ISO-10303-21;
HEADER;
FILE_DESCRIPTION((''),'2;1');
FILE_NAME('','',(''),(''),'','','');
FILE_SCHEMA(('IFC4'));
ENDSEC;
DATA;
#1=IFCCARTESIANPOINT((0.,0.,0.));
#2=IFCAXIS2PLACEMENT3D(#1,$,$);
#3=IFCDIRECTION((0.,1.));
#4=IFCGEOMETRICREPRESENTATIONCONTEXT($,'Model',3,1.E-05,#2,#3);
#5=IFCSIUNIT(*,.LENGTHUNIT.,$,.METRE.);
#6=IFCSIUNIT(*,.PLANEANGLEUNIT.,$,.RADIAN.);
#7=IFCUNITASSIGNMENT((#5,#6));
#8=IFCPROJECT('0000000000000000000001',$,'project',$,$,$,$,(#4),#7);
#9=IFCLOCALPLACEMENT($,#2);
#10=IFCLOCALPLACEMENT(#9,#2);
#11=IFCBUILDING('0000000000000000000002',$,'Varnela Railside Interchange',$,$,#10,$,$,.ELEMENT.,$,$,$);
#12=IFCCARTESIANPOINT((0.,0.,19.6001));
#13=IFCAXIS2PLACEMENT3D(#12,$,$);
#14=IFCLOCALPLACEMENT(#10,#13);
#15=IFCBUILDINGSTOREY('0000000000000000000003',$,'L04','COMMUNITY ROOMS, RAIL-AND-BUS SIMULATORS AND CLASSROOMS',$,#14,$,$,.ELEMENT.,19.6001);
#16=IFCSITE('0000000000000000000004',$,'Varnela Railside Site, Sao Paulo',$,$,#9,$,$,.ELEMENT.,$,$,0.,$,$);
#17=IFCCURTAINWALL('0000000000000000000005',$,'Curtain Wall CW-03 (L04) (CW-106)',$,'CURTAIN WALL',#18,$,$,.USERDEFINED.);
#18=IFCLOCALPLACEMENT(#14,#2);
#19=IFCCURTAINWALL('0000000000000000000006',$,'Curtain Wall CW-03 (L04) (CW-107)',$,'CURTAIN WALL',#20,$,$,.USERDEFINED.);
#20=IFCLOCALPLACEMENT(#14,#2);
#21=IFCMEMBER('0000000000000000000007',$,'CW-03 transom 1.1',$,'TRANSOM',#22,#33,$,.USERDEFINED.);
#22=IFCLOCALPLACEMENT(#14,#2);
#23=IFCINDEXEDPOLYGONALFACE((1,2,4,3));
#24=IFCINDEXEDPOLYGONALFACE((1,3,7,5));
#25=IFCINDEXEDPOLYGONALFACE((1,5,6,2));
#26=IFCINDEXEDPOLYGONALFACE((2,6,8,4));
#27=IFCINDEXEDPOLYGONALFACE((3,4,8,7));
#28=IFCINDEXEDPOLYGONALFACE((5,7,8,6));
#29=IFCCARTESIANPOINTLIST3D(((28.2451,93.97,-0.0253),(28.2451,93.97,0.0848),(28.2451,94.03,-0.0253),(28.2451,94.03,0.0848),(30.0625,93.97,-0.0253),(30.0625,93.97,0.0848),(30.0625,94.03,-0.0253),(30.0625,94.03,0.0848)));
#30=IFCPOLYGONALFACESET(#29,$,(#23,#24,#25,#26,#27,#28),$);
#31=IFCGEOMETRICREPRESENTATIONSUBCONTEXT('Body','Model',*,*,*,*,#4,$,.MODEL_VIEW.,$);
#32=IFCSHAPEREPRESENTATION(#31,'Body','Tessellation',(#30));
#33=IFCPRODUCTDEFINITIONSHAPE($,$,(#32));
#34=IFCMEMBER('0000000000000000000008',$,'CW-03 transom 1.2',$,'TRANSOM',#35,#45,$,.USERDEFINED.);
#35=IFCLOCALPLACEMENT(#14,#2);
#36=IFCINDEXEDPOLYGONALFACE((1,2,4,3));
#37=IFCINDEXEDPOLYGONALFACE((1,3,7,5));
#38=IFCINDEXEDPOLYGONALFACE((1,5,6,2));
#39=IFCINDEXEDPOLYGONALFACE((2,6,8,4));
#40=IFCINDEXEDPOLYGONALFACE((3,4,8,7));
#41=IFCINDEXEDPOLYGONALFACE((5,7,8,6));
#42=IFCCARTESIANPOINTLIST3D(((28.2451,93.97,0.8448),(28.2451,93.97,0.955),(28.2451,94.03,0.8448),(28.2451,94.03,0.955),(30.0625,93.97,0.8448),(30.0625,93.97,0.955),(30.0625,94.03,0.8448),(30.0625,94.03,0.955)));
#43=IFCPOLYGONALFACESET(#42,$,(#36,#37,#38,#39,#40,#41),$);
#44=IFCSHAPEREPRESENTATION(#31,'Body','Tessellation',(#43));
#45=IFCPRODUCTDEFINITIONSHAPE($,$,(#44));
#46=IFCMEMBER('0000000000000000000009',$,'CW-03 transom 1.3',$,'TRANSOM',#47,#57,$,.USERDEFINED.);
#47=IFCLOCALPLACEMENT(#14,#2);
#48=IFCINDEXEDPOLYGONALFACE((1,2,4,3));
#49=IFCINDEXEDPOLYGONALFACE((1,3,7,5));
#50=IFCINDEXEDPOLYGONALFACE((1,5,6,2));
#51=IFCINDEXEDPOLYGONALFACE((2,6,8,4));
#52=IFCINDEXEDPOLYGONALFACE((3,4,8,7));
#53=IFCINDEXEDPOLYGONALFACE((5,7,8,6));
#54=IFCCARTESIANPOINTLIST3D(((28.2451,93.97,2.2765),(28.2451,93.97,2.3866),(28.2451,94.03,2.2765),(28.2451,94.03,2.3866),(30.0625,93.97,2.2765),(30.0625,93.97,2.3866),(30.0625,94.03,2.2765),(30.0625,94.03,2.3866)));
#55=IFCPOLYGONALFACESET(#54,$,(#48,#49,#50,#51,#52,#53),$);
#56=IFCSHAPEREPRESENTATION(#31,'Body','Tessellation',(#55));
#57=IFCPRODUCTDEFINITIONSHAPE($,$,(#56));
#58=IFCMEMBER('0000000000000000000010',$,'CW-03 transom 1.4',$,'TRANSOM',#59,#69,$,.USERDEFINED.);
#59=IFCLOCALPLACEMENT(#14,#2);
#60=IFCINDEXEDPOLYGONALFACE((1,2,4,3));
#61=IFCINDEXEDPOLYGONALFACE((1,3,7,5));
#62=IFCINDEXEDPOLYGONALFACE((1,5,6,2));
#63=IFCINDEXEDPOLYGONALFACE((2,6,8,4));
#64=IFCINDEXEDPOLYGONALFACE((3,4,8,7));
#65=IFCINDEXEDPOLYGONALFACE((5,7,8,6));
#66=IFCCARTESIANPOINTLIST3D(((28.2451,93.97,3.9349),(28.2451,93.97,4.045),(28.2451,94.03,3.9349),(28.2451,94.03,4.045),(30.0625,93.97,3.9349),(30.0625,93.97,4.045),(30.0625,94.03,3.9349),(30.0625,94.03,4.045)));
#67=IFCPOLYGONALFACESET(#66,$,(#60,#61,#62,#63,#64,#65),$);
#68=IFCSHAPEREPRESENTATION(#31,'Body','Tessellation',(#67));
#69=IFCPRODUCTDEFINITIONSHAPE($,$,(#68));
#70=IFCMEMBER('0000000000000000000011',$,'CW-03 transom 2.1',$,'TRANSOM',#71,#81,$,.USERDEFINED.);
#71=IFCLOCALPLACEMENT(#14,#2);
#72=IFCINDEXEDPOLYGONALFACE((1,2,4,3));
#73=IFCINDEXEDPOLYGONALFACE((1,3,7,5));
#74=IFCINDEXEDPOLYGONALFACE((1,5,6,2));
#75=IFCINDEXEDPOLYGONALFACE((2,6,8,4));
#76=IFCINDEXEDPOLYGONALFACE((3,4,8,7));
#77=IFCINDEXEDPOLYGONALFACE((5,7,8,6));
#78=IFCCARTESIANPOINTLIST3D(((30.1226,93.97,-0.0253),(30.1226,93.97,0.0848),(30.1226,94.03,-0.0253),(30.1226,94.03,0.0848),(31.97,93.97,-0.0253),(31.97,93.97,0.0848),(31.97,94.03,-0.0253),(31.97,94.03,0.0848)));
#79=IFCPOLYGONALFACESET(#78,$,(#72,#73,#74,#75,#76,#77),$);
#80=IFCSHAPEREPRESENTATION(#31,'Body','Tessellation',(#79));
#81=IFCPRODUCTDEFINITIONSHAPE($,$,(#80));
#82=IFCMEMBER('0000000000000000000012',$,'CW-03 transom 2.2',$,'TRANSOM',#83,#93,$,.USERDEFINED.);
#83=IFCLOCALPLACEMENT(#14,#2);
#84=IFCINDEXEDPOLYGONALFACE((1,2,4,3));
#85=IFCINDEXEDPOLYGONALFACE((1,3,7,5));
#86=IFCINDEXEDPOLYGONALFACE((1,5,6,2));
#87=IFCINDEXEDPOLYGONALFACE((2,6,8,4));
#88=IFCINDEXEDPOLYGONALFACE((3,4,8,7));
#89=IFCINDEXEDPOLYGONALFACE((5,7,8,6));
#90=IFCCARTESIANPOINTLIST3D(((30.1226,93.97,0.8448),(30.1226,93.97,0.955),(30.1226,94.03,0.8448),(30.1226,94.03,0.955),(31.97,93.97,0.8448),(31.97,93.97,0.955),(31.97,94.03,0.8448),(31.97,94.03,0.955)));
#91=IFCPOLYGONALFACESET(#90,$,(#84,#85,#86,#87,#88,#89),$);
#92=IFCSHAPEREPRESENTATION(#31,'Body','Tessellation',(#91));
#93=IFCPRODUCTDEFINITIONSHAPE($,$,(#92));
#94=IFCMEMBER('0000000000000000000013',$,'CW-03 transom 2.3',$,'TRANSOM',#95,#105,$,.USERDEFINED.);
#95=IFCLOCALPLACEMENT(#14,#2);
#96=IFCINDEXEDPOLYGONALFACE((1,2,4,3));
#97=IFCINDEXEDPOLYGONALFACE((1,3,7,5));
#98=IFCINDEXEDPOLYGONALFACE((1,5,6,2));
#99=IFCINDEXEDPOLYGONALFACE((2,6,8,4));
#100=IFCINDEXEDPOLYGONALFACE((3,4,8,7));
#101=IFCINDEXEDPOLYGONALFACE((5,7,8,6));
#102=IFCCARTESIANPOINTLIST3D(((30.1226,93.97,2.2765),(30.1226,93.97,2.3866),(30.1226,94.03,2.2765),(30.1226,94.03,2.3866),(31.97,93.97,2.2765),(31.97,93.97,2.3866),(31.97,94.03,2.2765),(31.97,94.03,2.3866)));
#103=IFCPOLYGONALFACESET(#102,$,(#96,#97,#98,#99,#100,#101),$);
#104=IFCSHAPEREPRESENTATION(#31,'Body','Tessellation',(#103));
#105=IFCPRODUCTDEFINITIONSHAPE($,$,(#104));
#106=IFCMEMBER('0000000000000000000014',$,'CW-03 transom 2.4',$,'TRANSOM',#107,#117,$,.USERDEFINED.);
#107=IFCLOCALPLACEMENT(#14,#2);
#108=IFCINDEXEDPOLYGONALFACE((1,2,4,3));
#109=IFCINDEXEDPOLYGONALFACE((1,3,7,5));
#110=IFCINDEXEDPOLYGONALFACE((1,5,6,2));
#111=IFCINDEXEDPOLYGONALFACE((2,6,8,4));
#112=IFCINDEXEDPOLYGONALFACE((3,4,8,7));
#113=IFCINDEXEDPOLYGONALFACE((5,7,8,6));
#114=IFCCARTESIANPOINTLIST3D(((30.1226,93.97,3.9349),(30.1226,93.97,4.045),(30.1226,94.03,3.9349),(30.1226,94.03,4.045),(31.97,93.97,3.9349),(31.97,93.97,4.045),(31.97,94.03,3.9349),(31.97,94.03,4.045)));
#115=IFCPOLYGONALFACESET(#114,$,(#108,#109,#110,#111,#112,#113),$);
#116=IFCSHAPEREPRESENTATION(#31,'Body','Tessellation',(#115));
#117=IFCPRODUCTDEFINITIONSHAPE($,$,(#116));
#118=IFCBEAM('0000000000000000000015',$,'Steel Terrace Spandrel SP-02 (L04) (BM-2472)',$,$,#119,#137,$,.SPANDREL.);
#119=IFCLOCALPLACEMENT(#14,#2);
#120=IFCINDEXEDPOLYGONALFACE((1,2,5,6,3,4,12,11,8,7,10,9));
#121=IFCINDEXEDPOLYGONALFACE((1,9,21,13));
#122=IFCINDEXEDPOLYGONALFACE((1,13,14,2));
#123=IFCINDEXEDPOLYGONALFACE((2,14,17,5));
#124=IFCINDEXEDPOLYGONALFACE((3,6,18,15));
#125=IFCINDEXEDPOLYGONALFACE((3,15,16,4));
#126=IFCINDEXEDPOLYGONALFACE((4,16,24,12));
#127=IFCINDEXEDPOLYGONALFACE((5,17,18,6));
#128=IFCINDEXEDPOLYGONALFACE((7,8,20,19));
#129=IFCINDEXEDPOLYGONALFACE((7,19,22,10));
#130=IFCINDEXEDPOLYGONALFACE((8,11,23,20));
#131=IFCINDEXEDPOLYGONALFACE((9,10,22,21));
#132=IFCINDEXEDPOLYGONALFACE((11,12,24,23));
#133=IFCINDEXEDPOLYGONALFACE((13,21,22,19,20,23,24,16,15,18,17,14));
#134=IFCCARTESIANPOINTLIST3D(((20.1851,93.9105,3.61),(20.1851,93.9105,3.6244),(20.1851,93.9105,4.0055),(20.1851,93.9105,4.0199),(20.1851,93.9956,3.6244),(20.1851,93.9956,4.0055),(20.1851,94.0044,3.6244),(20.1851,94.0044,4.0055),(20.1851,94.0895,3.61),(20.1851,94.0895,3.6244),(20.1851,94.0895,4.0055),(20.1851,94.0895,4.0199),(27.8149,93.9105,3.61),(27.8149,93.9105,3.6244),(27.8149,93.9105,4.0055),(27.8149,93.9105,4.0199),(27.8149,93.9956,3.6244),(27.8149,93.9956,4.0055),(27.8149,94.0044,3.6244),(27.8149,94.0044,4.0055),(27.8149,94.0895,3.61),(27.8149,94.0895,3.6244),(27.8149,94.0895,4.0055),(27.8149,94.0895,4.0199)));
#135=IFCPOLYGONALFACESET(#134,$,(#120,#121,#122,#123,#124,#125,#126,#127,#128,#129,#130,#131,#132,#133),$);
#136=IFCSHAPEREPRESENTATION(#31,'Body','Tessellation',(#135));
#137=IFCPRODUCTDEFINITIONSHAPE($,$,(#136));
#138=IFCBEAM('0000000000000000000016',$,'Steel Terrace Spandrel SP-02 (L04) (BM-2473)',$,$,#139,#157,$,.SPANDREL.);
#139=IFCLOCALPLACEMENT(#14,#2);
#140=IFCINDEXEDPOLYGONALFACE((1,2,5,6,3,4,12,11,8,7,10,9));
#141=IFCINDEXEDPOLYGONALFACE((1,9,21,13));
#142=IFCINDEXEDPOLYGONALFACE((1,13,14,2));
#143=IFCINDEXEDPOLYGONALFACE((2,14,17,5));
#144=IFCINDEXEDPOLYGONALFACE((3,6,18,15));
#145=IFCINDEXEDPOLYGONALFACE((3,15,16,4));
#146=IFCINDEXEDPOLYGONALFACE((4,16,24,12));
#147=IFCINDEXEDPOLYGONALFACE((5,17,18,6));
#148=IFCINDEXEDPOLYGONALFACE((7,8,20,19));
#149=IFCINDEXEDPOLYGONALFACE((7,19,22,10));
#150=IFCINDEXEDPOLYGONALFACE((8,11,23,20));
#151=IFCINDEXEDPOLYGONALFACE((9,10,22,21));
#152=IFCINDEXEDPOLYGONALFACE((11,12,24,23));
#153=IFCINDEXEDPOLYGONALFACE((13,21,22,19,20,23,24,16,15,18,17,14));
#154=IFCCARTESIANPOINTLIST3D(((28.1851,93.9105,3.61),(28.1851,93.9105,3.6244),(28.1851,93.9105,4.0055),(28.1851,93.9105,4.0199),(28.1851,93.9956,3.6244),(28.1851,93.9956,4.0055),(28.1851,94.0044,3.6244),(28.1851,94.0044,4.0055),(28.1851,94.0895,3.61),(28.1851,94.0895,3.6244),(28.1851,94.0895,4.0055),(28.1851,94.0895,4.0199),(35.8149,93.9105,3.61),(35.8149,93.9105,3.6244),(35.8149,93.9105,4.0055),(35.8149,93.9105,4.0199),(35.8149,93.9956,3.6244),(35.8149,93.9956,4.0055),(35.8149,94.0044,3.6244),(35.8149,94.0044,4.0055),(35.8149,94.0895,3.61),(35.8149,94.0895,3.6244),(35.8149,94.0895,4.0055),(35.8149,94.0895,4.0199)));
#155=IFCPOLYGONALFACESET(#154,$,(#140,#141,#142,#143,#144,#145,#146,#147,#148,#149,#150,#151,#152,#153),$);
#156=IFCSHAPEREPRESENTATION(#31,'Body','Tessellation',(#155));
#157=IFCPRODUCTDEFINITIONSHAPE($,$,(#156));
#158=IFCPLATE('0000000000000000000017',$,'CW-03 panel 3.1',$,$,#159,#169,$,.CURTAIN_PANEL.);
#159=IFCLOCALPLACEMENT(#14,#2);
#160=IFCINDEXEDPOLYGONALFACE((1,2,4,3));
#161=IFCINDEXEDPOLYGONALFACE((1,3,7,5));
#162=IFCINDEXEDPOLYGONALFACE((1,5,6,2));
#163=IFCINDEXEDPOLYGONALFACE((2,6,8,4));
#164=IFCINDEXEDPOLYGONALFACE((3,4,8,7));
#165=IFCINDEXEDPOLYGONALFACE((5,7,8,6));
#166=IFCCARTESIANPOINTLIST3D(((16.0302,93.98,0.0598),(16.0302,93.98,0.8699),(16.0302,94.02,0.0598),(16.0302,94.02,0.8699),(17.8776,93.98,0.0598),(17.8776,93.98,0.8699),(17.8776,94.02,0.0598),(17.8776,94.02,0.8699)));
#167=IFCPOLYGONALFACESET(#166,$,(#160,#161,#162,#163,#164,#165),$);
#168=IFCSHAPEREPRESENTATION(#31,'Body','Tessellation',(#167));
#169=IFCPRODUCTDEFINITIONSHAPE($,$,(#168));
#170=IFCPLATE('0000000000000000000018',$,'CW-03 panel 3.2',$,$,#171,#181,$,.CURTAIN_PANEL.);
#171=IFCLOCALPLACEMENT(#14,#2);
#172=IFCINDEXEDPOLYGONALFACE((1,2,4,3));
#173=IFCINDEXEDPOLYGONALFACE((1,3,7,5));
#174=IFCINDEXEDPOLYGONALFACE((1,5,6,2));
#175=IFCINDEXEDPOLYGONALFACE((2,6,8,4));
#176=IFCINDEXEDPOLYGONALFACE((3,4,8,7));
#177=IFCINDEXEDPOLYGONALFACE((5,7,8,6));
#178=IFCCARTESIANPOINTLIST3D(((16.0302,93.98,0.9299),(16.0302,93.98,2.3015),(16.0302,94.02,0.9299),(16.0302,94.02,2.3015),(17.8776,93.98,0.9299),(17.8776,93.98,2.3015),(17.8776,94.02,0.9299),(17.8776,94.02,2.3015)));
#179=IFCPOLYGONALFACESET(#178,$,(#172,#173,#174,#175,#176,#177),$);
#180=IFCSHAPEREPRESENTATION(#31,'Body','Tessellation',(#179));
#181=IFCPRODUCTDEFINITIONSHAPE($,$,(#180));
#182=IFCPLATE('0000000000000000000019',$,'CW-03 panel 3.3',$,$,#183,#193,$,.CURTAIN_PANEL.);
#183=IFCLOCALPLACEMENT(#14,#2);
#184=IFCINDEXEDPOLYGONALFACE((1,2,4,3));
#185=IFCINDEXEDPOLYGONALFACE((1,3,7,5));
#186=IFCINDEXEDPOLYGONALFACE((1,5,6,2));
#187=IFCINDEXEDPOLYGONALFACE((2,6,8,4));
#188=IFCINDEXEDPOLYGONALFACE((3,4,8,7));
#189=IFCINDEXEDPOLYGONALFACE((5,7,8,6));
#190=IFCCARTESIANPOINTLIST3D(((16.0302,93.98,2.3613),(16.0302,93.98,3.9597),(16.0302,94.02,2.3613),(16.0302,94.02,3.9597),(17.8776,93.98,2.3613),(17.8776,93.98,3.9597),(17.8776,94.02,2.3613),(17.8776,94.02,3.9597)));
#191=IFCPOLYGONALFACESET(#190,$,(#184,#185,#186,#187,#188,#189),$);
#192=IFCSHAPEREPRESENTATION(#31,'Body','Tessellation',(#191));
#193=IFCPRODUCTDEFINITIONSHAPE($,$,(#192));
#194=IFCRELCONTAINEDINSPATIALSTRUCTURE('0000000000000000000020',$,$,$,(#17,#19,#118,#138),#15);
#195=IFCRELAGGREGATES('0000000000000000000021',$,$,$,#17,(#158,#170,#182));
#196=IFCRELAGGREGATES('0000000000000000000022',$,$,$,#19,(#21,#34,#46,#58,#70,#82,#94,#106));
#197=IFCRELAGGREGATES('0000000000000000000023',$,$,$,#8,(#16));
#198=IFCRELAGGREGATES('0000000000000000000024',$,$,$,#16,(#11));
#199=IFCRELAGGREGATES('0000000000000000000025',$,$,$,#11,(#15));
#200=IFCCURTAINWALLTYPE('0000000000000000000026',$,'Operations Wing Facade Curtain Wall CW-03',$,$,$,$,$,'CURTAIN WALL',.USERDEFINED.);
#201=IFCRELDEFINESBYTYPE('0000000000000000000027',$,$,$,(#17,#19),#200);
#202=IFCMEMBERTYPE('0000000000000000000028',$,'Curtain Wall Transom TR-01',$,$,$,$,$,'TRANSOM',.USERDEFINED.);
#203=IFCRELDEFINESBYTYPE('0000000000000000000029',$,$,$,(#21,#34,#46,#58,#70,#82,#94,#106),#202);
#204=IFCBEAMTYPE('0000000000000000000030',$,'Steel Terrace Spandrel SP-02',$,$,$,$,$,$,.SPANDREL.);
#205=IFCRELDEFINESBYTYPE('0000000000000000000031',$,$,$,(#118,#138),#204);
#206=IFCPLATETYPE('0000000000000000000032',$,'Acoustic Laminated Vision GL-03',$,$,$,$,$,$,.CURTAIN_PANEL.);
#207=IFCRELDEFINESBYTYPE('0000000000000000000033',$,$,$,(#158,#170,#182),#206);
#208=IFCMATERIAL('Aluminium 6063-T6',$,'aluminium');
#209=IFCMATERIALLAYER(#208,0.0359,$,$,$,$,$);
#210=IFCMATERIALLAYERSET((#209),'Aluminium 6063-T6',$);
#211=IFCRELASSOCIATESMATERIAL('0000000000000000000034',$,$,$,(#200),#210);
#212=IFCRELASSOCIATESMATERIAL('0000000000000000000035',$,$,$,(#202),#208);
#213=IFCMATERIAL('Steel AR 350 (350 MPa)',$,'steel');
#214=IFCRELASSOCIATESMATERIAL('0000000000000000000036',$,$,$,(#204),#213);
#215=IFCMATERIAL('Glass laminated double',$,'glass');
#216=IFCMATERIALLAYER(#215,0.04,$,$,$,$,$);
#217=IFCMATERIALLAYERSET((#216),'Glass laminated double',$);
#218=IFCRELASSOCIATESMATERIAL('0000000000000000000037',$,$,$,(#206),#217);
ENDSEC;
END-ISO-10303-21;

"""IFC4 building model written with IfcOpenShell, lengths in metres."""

from ifc_helpers import new_model, si_unit, direction, frame, origin, origin_2d, place, context, subcontext, project, spatial, rectangle, i_section, extrude, material, layer, layer_set, material_profile, profile_set, type_object, element, aggregate, save


model = new_model("IFC4")

# Units and contexts
model_context = context("Model", 3, precision=1e-05, world=origin(), true_north=direction((0.0, 1.0)))
body_context = subcontext(model_context, "Body", "Model", "MODEL_VIEW")
ifc_project = project(units=[si_unit("LENGTHUNIT", "METRE"), si_unit("PLANEANGLEUNIT", "RADIAN")], contexts=[model_context])

# Site, building, storey
site_placement = place(None, origin())
site = spatial("IfcSite", under=ifc_project, at=site_placement, Name="Varnela Railside Site, Sao Paulo", CompositionType="ELEMENT", RefElevation=0.0)
building_placement = place(site_placement, origin())
building = spatial("IfcBuilding", under=site, at=building_placement, Name="Varnela Railside Interchange", CompositionType="ELEMENT")
storey_placement = place(building_placement, frame((0.0, 0.0, 19.6001)))
storey = spatial("IfcBuildingStorey", under=building, at=storey_placement, Name="L04", Description="COMMUNITY ROOMS, RAIL-AND-BUS SIMULATORS AND CLASSROOMS", CompositionType="ELEMENT", Elevation=19.6001)

# Shared definitions
ifc_material_1 = material(Name="Steel AR 350 (350 MPa)", Category="steel")

# Curtain walls
ifc_material_2 = material(Name="Aluminium 6063-T6", Category="aluminium")
ifc_layer_1 = layer(ifc_material_2, 0.0359)
ifc_layer_set_1 = layer_set([ifc_layer_1], Name="Aluminium 6063-T6")
curtain_wall_type = type_object("IfcCurtainWallType", Name="Operations Wing Facade Curtain Wall CW-03", ElementType="CURTAIN WALL", PredefinedType="USERDEFINED", material=ifc_layer_set_1)
curtain_wall_1_placement = place(storey_placement, origin())
curtain_wall_1 = element("IfcCurtainWall", 1, at=curtain_wall_1_placement, inside=storey, type_object=curtain_wall_type, Name="Curtain Wall CW-03 (L04) (CW-106)", ObjectType="CURTAIN WALL", PredefinedType="USERDEFINED")
curtain_wall_2_placement = place(storey_placement, origin())
curtain_wall_2 = element("IfcCurtainWall", 2, at=curtain_wall_2_placement, inside=storey, type_object=curtain_wall_type, Name="Curtain Wall CW-03 (L04) (CW-107)", ObjectType="CURTAIN WALL", PredefinedType="USERDEFINED")

# Members
ifc_material_profile_1 = material_profile(ifc_material_2, rectangle(XDim=0.0601, YDim=0.1101, at=origin_2d()), Name="ALU 60x110")
ifc_profile_set_1 = profile_set([ifc_material_profile_1], Name="Aluminium 6063-T6")
member_type_1 = type_object("IfcMemberType", Name="Curtain Wall Transom TR-01", ElementType="TRANSOM", PredefinedType="USERDEFINED", material=ifc_profile_set_1)
member_1_placement = place(storey_placement, frame((28.2451, 94.0, 0.0298), z_axis=(1.0, 0.0, 0.0), x_axis=(0.0, 1.0, 0.0)))
member_1 = element("IfcMember", 3, at=member_1_placement, type_object=member_type_1, Name="CW-03 transom 1.1", ObjectType="TRANSOM", PredefinedType="USERDEFINED", context=body_context, shape_type="SweptSolid", body=[
    extrude(rectangle(XDim=0.0601, YDim=0.1101, at=origin_2d()), origin(), (0.0, 0.0, 1.0), 1.8174),
])
member_2_placement = place(storey_placement, frame((28.2451, 94.0, 0.8999), z_axis=(1.0, 0.0, 0.0), x_axis=(0.0, 1.0, 0.0)))
member_2 = element("IfcMember", 4, at=member_2_placement, type_object=member_type_1, Name="CW-03 transom 1.2", ObjectType="TRANSOM", PredefinedType="USERDEFINED", context=body_context, shape_type="SweptSolid", body=[
    extrude(rectangle(XDim=0.0601, YDim=0.1101, at=origin_2d()), origin(), (0.0, 0.0, 1.0), 1.8174),
])
member_3_placement = place(storey_placement, frame((28.2451, 94.0, 2.3315), z_axis=(1.0, 0.0, 0.0), x_axis=(0.0, 1.0, 0.0)))
member_3 = element("IfcMember", 5, at=member_3_placement, type_object=member_type_1, Name="CW-03 transom 1.3", ObjectType="TRANSOM", PredefinedType="USERDEFINED", context=body_context, shape_type="SweptSolid", body=[
    extrude(rectangle(XDim=0.0601, YDim=0.1101, at=origin_2d()), origin(), (0.0, 0.0, 1.0), 1.8174),
])
member_4_placement = place(storey_placement, frame((28.2451, 94.0, 3.99), z_axis=(1.0, 0.0, 0.0), x_axis=(0.0, 1.0, 0.0)))
member_4 = element("IfcMember", 6, at=member_4_placement, type_object=member_type_1, Name="CW-03 transom 1.4", ObjectType="TRANSOM", PredefinedType="USERDEFINED", context=body_context, shape_type="SweptSolid", body=[
    extrude(rectangle(XDim=0.0601, YDim=0.1101, at=origin_2d()), origin(), (0.0, 0.0, 1.0), 1.8174),
])
member_5_placement = place(storey_placement, frame((30.1226, 94.0, 0.0298), z_axis=(1.0, 0.0, 0.0), x_axis=(0.0, 1.0, 0.0)))
member_5 = element("IfcMember", 7, at=member_5_placement, type_object=member_type_1, Name="CW-03 transom 2.1", ObjectType="TRANSOM", PredefinedType="USERDEFINED", context=body_context, shape_type="SweptSolid", body=[
    extrude(rectangle(XDim=0.0601, YDim=0.1101, at=origin_2d()), origin(), (0.0, 0.0, 1.0), 1.8474),
])
member_6_placement = place(storey_placement, frame((30.1226, 94.0, 0.8999), z_axis=(1.0, 0.0, 0.0), x_axis=(0.0, 1.0, 0.0)))
member_6 = element("IfcMember", 8, at=member_6_placement, type_object=member_type_1, Name="CW-03 transom 2.2", ObjectType="TRANSOM", PredefinedType="USERDEFINED", context=body_context, shape_type="SweptSolid", body=[
    extrude(rectangle(XDim=0.0601, YDim=0.1101, at=origin_2d()), origin(), (0.0, 0.0, 1.0), 1.8474),
])
member_7_placement = place(storey_placement, frame((30.1226, 94.0, 2.3315), z_axis=(1.0, 0.0, 0.0), x_axis=(0.0, 1.0, 0.0)))
member_7 = element("IfcMember", 9, at=member_7_placement, type_object=member_type_1, Name="CW-03 transom 2.3", ObjectType="TRANSOM", PredefinedType="USERDEFINED", context=body_context, shape_type="SweptSolid", body=[
    extrude(rectangle(XDim=0.0601, YDim=0.1101, at=origin_2d()), origin(), (0.0, 0.0, 1.0), 1.8474),
])
member_8_placement = place(storey_placement, frame((30.1226, 94.0, 3.99), z_axis=(1.0, 0.0, 0.0), x_axis=(0.0, 1.0, 0.0)))
member_8 = element("IfcMember", 10, at=member_8_placement, type_object=member_type_1, Name="CW-03 transom 2.4", ObjectType="TRANSOM", PredefinedType="USERDEFINED", context=body_context, shape_type="SweptSolid", body=[
    extrude(rectangle(XDim=0.0601, YDim=0.1101, at=origin_2d()), origin(), (0.0, 0.0, 1.0), 1.8474),
])

# Beams
ifc_material_profile_2 = material_profile(ifc_material_1, i_section(OverallWidth=0.179, OverallDepth=0.4099, WebThickness=0.0088, FlangeThickness=0.0144, at=origin_2d()), Name="W410x67")
ifc_profile_set_2 = profile_set([ifc_material_profile_2], Name="Steel AR 350 (350 MPa)")
beam_type = type_object("IfcBeamType", Name="Steel Terrace Spandrel SP-02", PredefinedType="SPANDREL", material=ifc_profile_set_2)
for number, where, z_axis, x_axis, name in (
    (11, (20.1851, 94.0, 3.8149), (1.0, 0.0, 0.0), (0.0, 1.0, 0.0), "Steel Terrace Spandrel SP-02 (L04) (BM-2472)"),
    (12, (28.1851, 94.0, 3.8149), (1.0, 0.0, 0.0), (0.0, 1.0, 0.0), "Steel Terrace Spandrel SP-02 (L04) (BM-2473)"),
):
    element("IfcBeam", number, at=place(storey_placement, frame(where, z_axis=z_axis, x_axis=x_axis)), inside=storey, type_object=beam_type, Name=name, PredefinedType="SPANDREL", context=body_context, shape_type="SweptSolid", body=[
        extrude(i_section(OverallWidth=0.179, OverallDepth=0.4099, WebThickness=0.0088, FlangeThickness=0.0144, at=origin_2d()), origin(), (0.0, 0.0, 1.0), 7.6299),
    ])

# Plates
ifc_material_3 = material(Name="Glass laminated double", Category="glass")
ifc_layer_2 = layer(ifc_material_3, 0.04)
ifc_layer_set_2 = layer_set([ifc_layer_2], Name="Glass laminated double")
plate_type = type_object("IfcPlateType", Name="Acoustic Laminated Vision GL-03", PredefinedType="CURTAIN_PANEL", material=ifc_layer_set_2)
plate_1_placement = place(storey_placement, frame((16.9539, 94.0, 0.0598), z_axis=(0.0, 0.0, 1.0), x_axis=(1.0, 0.0, 0.0)))
plate_1 = element("IfcPlate", 13, at=plate_1_placement, type_object=plate_type, Name="CW-03 panel 3.1", PredefinedType="CURTAIN_PANEL", context=body_context, shape_type="SweptSolid", body=[
    extrude(rectangle(XDim=1.8474, YDim=0.04, at=origin_2d()), origin(), (0.0, 0.0, 1.0), 0.8101),
])
plate_2_placement = place(storey_placement, frame((16.9539, 94.0, 0.9299), z_axis=(0.0, 0.0, 1.0), x_axis=(1.0, 0.0, 0.0)))
plate_2 = element("IfcPlate", 14, at=plate_2_placement, type_object=plate_type, Name="CW-03 panel 3.2", PredefinedType="CURTAIN_PANEL", context=body_context, shape_type="SweptSolid", body=[
    extrude(rectangle(XDim=1.8474, YDim=0.04, at=origin_2d()), origin(), (0.0, 0.0, 1.0), 1.3716),
])
plate_3_placement = place(storey_placement, frame((16.9539, 94.0, 2.3613), z_axis=(0.0, 0.0, 1.0), x_axis=(1.0, 0.0, 0.0)))
plate_3 = element("IfcPlate", 15, at=plate_3_placement, type_object=plate_type, Name="CW-03 panel 3.3", PredefinedType="CURTAIN_PANEL", context=body_context, shape_type="SweptSolid", body=[
    extrude(rectangle(XDim=1.8474, YDim=0.04, at=origin_2d()), origin(), (0.0, 0.0, 1.0), 1.5984),
])
aggregate(curtain_wall_1, [plate_1, plate_2, plate_3])
aggregate(curtain_wall_2, [member_1, member_2, member_3, member_4, member_5, member_6, member_7, member_8])

save(model, "model.ifc")
